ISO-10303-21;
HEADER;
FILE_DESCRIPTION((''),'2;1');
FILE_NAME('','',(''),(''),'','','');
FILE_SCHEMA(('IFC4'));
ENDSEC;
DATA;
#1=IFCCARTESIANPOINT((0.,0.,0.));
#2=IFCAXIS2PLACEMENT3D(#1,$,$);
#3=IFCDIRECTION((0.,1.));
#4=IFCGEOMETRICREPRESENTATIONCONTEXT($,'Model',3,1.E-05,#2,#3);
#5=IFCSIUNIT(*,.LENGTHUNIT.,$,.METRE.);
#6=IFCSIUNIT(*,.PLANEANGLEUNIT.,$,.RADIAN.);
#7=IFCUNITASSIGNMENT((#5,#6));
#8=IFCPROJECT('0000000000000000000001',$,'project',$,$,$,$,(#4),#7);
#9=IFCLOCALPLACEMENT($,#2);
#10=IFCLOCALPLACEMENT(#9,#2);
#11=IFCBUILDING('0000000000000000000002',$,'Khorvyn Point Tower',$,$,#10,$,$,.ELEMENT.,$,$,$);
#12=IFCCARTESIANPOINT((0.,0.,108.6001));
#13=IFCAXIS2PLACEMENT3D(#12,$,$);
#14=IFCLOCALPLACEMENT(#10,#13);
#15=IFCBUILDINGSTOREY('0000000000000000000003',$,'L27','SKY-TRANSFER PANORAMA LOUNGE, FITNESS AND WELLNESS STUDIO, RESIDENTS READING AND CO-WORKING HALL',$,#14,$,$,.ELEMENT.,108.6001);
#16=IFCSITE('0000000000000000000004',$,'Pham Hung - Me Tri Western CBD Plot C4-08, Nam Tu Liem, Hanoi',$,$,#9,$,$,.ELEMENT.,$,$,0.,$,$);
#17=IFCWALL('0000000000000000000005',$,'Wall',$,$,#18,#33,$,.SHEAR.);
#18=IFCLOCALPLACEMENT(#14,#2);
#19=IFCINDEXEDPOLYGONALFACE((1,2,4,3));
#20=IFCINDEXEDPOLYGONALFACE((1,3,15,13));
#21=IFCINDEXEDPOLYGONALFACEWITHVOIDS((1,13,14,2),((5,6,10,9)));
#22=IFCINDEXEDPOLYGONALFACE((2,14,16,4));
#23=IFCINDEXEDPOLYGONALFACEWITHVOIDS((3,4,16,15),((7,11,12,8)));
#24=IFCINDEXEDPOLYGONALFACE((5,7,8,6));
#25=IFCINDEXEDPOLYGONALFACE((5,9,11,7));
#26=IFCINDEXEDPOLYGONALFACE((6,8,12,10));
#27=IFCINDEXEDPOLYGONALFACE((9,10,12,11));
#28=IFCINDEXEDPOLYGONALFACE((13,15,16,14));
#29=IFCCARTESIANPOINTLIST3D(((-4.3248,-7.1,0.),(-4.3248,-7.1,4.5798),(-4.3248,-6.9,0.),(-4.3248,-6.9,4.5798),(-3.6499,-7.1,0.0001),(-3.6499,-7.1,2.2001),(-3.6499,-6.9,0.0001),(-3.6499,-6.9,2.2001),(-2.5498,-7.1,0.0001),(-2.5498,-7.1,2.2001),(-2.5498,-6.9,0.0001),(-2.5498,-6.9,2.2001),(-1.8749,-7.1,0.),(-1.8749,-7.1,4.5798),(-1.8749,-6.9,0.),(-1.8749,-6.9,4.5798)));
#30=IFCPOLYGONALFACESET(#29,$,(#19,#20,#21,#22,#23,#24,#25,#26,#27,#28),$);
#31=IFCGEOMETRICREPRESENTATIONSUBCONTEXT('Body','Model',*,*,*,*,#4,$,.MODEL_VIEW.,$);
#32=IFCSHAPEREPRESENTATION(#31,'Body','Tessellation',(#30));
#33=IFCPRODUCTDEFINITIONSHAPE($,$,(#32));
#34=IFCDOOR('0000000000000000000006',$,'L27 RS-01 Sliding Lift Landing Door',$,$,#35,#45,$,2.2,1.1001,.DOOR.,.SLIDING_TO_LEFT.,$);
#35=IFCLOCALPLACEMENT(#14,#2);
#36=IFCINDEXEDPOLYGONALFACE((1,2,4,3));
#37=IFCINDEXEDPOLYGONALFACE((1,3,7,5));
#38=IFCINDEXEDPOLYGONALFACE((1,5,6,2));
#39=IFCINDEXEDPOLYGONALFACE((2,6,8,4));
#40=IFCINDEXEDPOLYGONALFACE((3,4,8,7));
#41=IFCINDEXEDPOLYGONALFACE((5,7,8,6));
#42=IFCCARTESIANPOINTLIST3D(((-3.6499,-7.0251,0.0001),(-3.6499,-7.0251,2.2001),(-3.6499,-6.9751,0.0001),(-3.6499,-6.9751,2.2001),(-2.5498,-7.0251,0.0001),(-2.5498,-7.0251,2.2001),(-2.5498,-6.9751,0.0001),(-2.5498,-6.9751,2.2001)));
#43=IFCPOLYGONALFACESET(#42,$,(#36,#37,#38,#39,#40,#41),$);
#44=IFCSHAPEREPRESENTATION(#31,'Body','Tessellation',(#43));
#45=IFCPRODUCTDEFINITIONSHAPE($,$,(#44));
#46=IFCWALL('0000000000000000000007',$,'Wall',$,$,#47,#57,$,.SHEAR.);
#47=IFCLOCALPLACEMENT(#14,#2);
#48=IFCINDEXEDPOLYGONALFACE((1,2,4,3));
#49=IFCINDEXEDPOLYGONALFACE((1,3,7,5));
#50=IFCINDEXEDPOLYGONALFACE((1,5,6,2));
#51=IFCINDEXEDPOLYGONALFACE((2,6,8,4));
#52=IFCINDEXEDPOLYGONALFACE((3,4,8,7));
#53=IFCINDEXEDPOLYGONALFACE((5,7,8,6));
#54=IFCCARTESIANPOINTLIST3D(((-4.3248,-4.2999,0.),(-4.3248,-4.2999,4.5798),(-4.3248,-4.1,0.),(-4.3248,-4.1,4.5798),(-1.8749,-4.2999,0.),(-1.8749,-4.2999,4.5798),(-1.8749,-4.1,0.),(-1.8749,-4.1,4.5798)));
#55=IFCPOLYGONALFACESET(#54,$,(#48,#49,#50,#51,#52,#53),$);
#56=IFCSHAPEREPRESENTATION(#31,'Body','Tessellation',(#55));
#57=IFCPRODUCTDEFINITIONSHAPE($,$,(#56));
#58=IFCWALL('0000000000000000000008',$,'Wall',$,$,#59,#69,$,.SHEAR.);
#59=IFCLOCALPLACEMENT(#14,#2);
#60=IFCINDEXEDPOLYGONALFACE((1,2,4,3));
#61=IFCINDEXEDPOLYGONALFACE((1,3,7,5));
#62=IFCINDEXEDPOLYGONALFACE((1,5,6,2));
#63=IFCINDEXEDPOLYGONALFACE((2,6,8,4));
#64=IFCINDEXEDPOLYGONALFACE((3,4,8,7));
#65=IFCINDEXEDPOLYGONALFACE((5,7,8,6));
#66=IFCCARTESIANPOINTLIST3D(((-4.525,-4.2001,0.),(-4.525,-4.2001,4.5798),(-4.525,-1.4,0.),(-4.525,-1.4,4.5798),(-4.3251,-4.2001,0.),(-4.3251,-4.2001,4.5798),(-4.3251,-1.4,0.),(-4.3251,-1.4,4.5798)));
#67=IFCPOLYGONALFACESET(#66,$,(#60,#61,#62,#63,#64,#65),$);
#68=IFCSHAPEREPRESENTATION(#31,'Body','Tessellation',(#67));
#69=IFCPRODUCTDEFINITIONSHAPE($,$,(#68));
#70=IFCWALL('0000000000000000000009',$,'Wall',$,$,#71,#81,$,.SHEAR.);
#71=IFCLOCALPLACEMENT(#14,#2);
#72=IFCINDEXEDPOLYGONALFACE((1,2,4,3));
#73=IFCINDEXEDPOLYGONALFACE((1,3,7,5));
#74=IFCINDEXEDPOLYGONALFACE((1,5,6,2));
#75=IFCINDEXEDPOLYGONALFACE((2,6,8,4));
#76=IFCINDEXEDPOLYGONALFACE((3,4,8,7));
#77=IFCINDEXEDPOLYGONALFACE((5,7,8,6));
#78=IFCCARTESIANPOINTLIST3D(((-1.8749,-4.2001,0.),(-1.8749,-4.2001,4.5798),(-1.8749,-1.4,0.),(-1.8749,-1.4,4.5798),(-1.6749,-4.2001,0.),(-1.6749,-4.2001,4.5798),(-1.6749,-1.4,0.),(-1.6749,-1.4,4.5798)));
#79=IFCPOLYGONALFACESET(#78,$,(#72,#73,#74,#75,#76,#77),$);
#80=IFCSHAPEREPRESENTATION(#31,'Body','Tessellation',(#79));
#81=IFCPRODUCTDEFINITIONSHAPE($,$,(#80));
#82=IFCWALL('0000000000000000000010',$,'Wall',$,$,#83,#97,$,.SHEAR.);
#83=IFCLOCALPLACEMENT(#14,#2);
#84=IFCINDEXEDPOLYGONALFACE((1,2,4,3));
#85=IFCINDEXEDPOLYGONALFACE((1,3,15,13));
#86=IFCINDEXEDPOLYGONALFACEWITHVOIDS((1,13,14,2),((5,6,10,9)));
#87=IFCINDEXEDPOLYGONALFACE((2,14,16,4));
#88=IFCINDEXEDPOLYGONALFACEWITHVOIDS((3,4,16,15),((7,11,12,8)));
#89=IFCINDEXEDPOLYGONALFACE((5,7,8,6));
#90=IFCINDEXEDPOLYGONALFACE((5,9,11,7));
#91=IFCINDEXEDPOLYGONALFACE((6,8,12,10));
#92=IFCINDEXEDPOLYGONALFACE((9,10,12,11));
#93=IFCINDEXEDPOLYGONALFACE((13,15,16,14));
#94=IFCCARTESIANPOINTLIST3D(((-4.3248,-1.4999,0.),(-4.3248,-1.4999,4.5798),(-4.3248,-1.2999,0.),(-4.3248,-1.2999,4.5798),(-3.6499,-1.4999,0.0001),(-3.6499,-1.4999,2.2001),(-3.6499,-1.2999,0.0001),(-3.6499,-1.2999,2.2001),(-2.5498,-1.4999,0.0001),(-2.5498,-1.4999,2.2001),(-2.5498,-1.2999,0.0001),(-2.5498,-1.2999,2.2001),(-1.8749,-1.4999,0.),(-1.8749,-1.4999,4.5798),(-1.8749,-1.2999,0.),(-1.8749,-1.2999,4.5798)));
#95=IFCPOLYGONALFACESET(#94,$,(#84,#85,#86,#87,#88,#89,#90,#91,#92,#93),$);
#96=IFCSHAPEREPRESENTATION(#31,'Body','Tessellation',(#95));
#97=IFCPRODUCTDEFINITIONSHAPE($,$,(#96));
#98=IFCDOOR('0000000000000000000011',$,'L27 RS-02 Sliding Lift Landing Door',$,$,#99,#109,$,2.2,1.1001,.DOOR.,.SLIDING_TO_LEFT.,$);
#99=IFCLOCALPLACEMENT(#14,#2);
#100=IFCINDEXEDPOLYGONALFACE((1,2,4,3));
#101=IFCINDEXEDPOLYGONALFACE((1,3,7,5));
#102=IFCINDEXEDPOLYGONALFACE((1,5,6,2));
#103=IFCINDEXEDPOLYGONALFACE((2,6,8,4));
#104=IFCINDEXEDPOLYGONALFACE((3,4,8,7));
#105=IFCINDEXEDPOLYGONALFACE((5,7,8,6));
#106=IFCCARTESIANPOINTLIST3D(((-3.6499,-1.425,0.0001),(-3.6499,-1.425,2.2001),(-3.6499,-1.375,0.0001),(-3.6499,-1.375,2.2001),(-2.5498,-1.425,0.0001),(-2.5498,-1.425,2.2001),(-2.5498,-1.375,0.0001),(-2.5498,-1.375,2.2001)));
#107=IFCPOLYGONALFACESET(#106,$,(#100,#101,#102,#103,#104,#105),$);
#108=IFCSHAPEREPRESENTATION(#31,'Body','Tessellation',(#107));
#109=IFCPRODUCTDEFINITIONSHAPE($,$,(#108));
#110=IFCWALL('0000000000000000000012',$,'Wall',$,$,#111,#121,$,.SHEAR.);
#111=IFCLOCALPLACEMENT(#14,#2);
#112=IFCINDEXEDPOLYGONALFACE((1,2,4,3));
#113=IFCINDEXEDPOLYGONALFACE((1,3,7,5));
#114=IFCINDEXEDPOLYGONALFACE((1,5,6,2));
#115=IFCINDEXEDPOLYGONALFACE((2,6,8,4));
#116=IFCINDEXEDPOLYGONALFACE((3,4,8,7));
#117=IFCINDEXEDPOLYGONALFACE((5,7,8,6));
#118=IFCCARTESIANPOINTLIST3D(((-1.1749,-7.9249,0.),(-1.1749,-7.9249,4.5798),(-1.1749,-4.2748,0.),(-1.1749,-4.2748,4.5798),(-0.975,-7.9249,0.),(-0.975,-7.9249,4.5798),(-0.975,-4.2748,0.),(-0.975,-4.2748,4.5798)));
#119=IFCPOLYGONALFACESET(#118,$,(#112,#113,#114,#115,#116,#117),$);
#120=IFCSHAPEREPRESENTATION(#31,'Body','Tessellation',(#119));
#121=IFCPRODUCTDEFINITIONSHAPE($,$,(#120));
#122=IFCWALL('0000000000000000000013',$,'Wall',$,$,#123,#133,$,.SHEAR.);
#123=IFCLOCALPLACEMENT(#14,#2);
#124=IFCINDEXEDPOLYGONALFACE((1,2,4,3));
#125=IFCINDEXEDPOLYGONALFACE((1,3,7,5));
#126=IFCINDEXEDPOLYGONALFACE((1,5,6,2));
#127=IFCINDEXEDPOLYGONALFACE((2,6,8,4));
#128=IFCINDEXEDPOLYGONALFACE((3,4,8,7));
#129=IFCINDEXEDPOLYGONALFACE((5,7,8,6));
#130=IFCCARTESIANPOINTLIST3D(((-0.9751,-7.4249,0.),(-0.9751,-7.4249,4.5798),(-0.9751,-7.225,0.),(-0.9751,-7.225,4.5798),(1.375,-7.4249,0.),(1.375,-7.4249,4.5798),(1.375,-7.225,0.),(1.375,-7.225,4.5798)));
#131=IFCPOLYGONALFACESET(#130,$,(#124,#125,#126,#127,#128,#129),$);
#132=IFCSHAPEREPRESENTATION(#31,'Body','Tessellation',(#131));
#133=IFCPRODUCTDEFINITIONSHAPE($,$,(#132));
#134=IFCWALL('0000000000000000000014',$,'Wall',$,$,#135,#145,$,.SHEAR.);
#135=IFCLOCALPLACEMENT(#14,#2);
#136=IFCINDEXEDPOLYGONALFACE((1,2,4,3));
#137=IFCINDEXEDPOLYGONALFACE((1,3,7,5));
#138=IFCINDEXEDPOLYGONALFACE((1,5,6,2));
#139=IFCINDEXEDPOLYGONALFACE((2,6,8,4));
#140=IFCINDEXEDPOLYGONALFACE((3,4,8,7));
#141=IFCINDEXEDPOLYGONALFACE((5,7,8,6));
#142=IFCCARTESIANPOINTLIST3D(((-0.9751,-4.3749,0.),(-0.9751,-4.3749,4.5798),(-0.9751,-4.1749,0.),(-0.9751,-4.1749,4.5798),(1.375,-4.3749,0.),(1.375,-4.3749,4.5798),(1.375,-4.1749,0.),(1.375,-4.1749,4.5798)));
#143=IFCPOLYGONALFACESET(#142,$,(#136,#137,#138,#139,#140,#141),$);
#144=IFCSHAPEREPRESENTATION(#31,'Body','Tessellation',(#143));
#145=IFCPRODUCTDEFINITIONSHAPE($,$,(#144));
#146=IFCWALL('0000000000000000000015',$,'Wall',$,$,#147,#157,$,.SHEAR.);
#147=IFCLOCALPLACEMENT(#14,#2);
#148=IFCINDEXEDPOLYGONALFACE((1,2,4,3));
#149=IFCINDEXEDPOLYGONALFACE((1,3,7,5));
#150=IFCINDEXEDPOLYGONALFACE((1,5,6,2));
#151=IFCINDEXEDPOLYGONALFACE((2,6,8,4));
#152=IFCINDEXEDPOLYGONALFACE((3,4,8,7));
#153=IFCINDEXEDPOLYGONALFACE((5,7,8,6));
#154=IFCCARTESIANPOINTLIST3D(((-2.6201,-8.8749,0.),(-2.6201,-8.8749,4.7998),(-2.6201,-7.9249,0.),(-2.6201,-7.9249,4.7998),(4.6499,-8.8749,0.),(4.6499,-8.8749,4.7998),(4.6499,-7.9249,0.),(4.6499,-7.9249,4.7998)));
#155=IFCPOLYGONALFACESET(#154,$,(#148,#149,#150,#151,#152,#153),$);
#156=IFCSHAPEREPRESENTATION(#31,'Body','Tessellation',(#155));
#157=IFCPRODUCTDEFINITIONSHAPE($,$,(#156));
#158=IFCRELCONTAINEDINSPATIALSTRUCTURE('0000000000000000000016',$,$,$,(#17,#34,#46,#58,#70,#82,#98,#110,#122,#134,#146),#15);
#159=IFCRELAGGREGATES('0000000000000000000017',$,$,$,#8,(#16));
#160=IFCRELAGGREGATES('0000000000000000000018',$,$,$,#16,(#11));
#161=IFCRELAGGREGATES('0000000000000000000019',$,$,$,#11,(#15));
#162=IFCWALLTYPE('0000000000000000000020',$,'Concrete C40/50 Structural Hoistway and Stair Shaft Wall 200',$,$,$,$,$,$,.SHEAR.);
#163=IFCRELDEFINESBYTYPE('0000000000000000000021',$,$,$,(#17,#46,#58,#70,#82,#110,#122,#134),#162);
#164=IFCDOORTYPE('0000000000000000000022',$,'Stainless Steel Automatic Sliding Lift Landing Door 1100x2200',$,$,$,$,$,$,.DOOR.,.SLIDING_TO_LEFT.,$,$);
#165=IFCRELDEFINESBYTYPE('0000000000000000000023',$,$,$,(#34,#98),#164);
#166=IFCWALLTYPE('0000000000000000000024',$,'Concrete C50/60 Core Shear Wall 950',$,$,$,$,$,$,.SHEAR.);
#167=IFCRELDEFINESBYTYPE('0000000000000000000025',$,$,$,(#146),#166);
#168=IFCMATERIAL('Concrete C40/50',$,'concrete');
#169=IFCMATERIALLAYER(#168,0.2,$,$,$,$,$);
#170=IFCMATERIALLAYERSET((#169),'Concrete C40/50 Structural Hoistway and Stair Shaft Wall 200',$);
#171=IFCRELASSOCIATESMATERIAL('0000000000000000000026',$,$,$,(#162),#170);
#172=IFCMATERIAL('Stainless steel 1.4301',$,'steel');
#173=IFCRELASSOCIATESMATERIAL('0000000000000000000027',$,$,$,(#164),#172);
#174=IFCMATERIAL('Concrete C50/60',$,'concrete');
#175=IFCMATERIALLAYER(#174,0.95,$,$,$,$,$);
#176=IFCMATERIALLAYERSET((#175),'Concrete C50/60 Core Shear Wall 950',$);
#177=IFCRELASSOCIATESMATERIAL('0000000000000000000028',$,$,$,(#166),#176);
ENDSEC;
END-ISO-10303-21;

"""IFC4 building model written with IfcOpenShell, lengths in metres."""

from ifc_helpers import new_model, si_unit, direction, frame, frame_2d, origin, place, context, subcontext, project, spatial, rectangle, extrude, material, layer, layer_set, type_object, element, fill, save


model = new_model("IFC4")

# Units and contexts
model_context = context("Model", 3, precision=1e-05, world=origin(), true_north=direction((0.0, 1.0)))
body_context = subcontext(model_context, "Body", "Model", "MODEL_VIEW")
ifc_project = project(units=[si_unit("LENGTHUNIT", "METRE"), si_unit("PLANEANGLEUNIT", "RADIAN")], contexts=[model_context])

# Site, building, storey
site_placement = place(None, origin())
site = spatial("IfcSite", under=ifc_project, at=site_placement, Name="Pham Hung - Me Tri Western CBD Plot C4-08, Nam Tu Liem, Hanoi", CompositionType="ELEMENT", RefElevation=0.0)
building_placement = place(site_placement, origin())
building = spatial("IfcBuilding", under=site, at=building_placement, Name="Khorvyn Point Tower", CompositionType="ELEMENT")
storey_placement = place(building_placement, frame((0.0, 0.0, 108.6001)))
storey = spatial("IfcBuildingStorey", under=building, at=storey_placement, Name="L27", Description="SKY-TRANSFER PANORAMA LOUNGE, FITNESS AND WELLNESS STUDIO, RESIDENTS READING AND CO-WORKING HALL", CompositionType="ELEMENT", Elevation=108.6001)

# Shared definitions
ifc_material_1 = material(Name="Concrete C40/50", Category="concrete")

# Shared definitions
ifc_layer_1 = layer(ifc_material_1, 0.2)
ifc_layer_set_1 = layer_set([ifc_layer_1], Name="Concrete C40/50 Structural Hoistway and Stair Shaft Wall 200")
wall_type_1 = type_object("IfcWallType", Name="Concrete C40/50 Structural Hoistway and Stair Shaft Wall 200", PredefinedType="SHEAR", material=ifc_layer_set_1)

# Wall, opening, door
wall_1_placement = place(storey_placement, frame((-4.325, -7.0, 0.0), z_axis=(0.0, 0.0, 1.0), x_axis=(1.0, 0.0, 0.0)))
wall_1 = element("IfcWall", 1, at=wall_1_placement, inside=storey, type_object=wall_type_1, Name="Wall", PredefinedType="SHEAR", context=body_context, shape_type="SweptSolid", body=[
    extrude(rectangle(XDim=2.45, YDim=0.2, at=frame_2d((1.2251, 0.0))), origin(), (0.0, 0.0, 1.0), 4.5798),
])
opening_1_placement = place(wall_1_placement, frame((0.675, 0.0, 0.0)))
opening_1 = element("IfcOpeningElement", 2, at=opening_1_placement, cuts=wall_1, PredefinedType="OPENING", context=body_context, shape_type="SweptSolid", body=[
    extrude(rectangle(XDim=1.1001, YDim=2.2, at=frame_2d((0.55, 1.1001))), frame((0.0, 0.1099, 0.0), z_axis=(0.0, -1.0, 0.0), x_axis=(1.0, 0.0, 0.0)), (0.0, 0.0, 1.0), 0.22),
])
ifc_material_2 = material(Name="Stainless steel 1.4301", Category="steel")
door_type = type_object("IfcDoorType", Name="Stainless Steel Automatic Sliding Lift Landing Door 1100x2200", OperationType="SLIDING_TO_LEFT", PredefinedType="DOOR", material=ifc_material_2)
door_1_placement = place(opening_1_placement, origin())
door_1 = element("IfcDoor", 3, at=door_1_placement, inside=storey, type_object=door_type, Name="L27 RS-01 Sliding Lift Landing Door", OperationType="SLIDING_TO_LEFT", OverallHeight=2.2, OverallWidth=1.1001, PredefinedType="DOOR", context=body_context, shape_type="SweptSolid", body=[
    extrude(rectangle(XDim=1.1001, YDim=2.2, at=frame_2d((0.55, 1.1001))), frame((0.0, 0.0249, 0.0), z_axis=(0.0, -1.0, 0.0), x_axis=(1.0, 0.0, 0.0)), (0.0, 0.0, 1.0), 0.05),
])
fill(opening_1, door_1)

# Walls
wall_2_placement = place(storey_placement, frame((-4.325, -4.2, 0.0), z_axis=(0.0, 0.0, 1.0), x_axis=(1.0, 0.0, 0.0)))
element("IfcWall", 4, at=wall_2_placement, inside=storey, type_object=wall_type_1, Name="Wall", PredefinedType="SHEAR", context=body_context, shape_type="SweptSolid", body=[
    extrude(rectangle(XDim=2.45, YDim=0.2, at=frame_2d((1.2251, 0.0))), origin(), (0.0, 0.0, 1.0), 4.5798),
])
for number, where, z_axis, x_axis, name in (
    (5, (-4.425, -4.2, 0.0), (0.0, 0.0, 1.0), (0.0, 1.0, 0.0), "Wall"),
    (6, (-1.7749, -4.2, 0.0), (0.0, 0.0, 1.0), (0.0, 1.0, 0.0), "Wall"),
):
    element("IfcWall", number, at=place(storey_placement, frame(where, z_axis=z_axis, x_axis=x_axis)), inside=storey, type_object=wall_type_1, Name=name, PredefinedType="SHEAR", context=body_context, shape_type="SweptSolid", body=[
        extrude(rectangle(XDim=2.8, YDim=0.2, at=frame_2d((1.3999, 0.0))), origin(), (0.0, 0.0, 1.0), 4.5798),
    ])

# Wall, opening, door
wall_3_placement = place(storey_placement, frame((-4.325, -1.3999, 0.0), z_axis=(0.0, 0.0, 1.0), x_axis=(1.0, 0.0, 0.0)))
wall_3 = element("IfcWall", 7, at=wall_3_placement, inside=storey, type_object=wall_type_1, Name="Wall", PredefinedType="SHEAR", context=body_context, shape_type="SweptSolid", body=[
    extrude(rectangle(XDim=2.45, YDim=0.2, at=frame_2d((1.2251, 0.0))), origin(), (0.0, 0.0, 1.0), 4.5798),
])
opening_2_placement = place(wall_3_placement, frame((0.675, 0.0, 0.0)))
opening_2 = element("IfcOpeningElement", 8, at=opening_2_placement, cuts=wall_3, PredefinedType="OPENING", context=body_context, shape_type="SweptSolid", body=[
    extrude(rectangle(XDim=1.1001, YDim=2.2, at=frame_2d((0.55, 1.1001))), frame((0.0, 0.1099, 0.0), z_axis=(0.0, -1.0, 0.0), x_axis=(1.0, 0.0, 0.0)), (0.0, 0.0, 1.0), 0.22),
])
door_2_placement = place(opening_2_placement, origin())
door_2 = element("IfcDoor", 9, at=door_2_placement, inside=storey, type_object=door_type, Name="L27 RS-02 Sliding Lift Landing Door", OperationType="SLIDING_TO_LEFT", OverallHeight=2.2, OverallWidth=1.1001, PredefinedType="DOOR", context=body_context, shape_type="SweptSolid", body=[
    extrude(rectangle(XDim=1.1001, YDim=2.2, at=frame_2d((0.55, 1.1001))), frame((0.0, 0.0249, 0.0), z_axis=(0.0, -1.0, 0.0), x_axis=(1.0, 0.0, 0.0)), (0.0, 0.0, 1.0), 0.05),
])
fill(opening_2, door_2)

# Walls
wall_4_placement = place(storey_placement, frame((-1.075, -7.925, 0.0), z_axis=(0.0, 0.0, 1.0), x_axis=(0.0, 1.0, 0.0)))
element("IfcWall", 10, at=wall_4_placement, inside=storey, type_object=wall_type_1, Name="Wall", PredefinedType="SHEAR", context=body_context, shape_type="SweptSolid", body=[
    extrude(rectangle(XDim=3.6501, YDim=0.2, at=frame_2d((1.8252, 0.0))), origin(), (0.0, 0.0, 1.0), 4.5798),
])
for number, where, z_axis, x_axis, name in (
    (11, (-0.9751, -7.325, 0.0), (0.0, 0.0, 1.0), (1.0, 0.0, 0.0), "Wall"),
    (12, (-0.9751, -4.2749, 0.0), (0.0, 0.0, 1.0), (1.0, 0.0, 0.0), "Wall"),
):
    element("IfcWall", number, at=place(storey_placement, frame(where, z_axis=z_axis, x_axis=x_axis)), inside=storey, type_object=wall_type_1, Name=name, PredefinedType="SHEAR", context=body_context, shape_type="SweptSolid", body=[
        extrude(rectangle(XDim=2.3501, YDim=0.2, at=frame_2d((1.175, 0.0))), origin(), (0.0, 0.0, 1.0), 4.5798),
    ])
ifc_material_3 = material(Name="Concrete C50/60", Category="concrete")
ifc_layer_2 = layer(ifc_material_3, 0.95)
ifc_layer_set_2 = layer_set([ifc_layer_2], Name="Concrete C50/60 Core Shear Wall 950")
wall_type_2 = type_object("IfcWallType", Name="Concrete C50/60 Core Shear Wall 950", PredefinedType="SHEAR", material=ifc_layer_set_2)
wall_5_placement = place(storey_placement, frame((-2.6201, -8.3999, 0.0), z_axis=(0.0, 0.0, 1.0), x_axis=(1.0, 0.0, 0.0)))
element("IfcWall", 13, at=wall_5_placement, inside=storey, type_object=wall_type_2, Name="Wall", PredefinedType="SHEAR", context=body_context, shape_type="SweptSolid", body=[
    extrude(rectangle(XDim=7.27, YDim=0.95, at=frame_2d((3.635, 0.0))), origin(), (0.0, 0.0, 1.0), 4.7998),
])

save(model, "model.ifc")
